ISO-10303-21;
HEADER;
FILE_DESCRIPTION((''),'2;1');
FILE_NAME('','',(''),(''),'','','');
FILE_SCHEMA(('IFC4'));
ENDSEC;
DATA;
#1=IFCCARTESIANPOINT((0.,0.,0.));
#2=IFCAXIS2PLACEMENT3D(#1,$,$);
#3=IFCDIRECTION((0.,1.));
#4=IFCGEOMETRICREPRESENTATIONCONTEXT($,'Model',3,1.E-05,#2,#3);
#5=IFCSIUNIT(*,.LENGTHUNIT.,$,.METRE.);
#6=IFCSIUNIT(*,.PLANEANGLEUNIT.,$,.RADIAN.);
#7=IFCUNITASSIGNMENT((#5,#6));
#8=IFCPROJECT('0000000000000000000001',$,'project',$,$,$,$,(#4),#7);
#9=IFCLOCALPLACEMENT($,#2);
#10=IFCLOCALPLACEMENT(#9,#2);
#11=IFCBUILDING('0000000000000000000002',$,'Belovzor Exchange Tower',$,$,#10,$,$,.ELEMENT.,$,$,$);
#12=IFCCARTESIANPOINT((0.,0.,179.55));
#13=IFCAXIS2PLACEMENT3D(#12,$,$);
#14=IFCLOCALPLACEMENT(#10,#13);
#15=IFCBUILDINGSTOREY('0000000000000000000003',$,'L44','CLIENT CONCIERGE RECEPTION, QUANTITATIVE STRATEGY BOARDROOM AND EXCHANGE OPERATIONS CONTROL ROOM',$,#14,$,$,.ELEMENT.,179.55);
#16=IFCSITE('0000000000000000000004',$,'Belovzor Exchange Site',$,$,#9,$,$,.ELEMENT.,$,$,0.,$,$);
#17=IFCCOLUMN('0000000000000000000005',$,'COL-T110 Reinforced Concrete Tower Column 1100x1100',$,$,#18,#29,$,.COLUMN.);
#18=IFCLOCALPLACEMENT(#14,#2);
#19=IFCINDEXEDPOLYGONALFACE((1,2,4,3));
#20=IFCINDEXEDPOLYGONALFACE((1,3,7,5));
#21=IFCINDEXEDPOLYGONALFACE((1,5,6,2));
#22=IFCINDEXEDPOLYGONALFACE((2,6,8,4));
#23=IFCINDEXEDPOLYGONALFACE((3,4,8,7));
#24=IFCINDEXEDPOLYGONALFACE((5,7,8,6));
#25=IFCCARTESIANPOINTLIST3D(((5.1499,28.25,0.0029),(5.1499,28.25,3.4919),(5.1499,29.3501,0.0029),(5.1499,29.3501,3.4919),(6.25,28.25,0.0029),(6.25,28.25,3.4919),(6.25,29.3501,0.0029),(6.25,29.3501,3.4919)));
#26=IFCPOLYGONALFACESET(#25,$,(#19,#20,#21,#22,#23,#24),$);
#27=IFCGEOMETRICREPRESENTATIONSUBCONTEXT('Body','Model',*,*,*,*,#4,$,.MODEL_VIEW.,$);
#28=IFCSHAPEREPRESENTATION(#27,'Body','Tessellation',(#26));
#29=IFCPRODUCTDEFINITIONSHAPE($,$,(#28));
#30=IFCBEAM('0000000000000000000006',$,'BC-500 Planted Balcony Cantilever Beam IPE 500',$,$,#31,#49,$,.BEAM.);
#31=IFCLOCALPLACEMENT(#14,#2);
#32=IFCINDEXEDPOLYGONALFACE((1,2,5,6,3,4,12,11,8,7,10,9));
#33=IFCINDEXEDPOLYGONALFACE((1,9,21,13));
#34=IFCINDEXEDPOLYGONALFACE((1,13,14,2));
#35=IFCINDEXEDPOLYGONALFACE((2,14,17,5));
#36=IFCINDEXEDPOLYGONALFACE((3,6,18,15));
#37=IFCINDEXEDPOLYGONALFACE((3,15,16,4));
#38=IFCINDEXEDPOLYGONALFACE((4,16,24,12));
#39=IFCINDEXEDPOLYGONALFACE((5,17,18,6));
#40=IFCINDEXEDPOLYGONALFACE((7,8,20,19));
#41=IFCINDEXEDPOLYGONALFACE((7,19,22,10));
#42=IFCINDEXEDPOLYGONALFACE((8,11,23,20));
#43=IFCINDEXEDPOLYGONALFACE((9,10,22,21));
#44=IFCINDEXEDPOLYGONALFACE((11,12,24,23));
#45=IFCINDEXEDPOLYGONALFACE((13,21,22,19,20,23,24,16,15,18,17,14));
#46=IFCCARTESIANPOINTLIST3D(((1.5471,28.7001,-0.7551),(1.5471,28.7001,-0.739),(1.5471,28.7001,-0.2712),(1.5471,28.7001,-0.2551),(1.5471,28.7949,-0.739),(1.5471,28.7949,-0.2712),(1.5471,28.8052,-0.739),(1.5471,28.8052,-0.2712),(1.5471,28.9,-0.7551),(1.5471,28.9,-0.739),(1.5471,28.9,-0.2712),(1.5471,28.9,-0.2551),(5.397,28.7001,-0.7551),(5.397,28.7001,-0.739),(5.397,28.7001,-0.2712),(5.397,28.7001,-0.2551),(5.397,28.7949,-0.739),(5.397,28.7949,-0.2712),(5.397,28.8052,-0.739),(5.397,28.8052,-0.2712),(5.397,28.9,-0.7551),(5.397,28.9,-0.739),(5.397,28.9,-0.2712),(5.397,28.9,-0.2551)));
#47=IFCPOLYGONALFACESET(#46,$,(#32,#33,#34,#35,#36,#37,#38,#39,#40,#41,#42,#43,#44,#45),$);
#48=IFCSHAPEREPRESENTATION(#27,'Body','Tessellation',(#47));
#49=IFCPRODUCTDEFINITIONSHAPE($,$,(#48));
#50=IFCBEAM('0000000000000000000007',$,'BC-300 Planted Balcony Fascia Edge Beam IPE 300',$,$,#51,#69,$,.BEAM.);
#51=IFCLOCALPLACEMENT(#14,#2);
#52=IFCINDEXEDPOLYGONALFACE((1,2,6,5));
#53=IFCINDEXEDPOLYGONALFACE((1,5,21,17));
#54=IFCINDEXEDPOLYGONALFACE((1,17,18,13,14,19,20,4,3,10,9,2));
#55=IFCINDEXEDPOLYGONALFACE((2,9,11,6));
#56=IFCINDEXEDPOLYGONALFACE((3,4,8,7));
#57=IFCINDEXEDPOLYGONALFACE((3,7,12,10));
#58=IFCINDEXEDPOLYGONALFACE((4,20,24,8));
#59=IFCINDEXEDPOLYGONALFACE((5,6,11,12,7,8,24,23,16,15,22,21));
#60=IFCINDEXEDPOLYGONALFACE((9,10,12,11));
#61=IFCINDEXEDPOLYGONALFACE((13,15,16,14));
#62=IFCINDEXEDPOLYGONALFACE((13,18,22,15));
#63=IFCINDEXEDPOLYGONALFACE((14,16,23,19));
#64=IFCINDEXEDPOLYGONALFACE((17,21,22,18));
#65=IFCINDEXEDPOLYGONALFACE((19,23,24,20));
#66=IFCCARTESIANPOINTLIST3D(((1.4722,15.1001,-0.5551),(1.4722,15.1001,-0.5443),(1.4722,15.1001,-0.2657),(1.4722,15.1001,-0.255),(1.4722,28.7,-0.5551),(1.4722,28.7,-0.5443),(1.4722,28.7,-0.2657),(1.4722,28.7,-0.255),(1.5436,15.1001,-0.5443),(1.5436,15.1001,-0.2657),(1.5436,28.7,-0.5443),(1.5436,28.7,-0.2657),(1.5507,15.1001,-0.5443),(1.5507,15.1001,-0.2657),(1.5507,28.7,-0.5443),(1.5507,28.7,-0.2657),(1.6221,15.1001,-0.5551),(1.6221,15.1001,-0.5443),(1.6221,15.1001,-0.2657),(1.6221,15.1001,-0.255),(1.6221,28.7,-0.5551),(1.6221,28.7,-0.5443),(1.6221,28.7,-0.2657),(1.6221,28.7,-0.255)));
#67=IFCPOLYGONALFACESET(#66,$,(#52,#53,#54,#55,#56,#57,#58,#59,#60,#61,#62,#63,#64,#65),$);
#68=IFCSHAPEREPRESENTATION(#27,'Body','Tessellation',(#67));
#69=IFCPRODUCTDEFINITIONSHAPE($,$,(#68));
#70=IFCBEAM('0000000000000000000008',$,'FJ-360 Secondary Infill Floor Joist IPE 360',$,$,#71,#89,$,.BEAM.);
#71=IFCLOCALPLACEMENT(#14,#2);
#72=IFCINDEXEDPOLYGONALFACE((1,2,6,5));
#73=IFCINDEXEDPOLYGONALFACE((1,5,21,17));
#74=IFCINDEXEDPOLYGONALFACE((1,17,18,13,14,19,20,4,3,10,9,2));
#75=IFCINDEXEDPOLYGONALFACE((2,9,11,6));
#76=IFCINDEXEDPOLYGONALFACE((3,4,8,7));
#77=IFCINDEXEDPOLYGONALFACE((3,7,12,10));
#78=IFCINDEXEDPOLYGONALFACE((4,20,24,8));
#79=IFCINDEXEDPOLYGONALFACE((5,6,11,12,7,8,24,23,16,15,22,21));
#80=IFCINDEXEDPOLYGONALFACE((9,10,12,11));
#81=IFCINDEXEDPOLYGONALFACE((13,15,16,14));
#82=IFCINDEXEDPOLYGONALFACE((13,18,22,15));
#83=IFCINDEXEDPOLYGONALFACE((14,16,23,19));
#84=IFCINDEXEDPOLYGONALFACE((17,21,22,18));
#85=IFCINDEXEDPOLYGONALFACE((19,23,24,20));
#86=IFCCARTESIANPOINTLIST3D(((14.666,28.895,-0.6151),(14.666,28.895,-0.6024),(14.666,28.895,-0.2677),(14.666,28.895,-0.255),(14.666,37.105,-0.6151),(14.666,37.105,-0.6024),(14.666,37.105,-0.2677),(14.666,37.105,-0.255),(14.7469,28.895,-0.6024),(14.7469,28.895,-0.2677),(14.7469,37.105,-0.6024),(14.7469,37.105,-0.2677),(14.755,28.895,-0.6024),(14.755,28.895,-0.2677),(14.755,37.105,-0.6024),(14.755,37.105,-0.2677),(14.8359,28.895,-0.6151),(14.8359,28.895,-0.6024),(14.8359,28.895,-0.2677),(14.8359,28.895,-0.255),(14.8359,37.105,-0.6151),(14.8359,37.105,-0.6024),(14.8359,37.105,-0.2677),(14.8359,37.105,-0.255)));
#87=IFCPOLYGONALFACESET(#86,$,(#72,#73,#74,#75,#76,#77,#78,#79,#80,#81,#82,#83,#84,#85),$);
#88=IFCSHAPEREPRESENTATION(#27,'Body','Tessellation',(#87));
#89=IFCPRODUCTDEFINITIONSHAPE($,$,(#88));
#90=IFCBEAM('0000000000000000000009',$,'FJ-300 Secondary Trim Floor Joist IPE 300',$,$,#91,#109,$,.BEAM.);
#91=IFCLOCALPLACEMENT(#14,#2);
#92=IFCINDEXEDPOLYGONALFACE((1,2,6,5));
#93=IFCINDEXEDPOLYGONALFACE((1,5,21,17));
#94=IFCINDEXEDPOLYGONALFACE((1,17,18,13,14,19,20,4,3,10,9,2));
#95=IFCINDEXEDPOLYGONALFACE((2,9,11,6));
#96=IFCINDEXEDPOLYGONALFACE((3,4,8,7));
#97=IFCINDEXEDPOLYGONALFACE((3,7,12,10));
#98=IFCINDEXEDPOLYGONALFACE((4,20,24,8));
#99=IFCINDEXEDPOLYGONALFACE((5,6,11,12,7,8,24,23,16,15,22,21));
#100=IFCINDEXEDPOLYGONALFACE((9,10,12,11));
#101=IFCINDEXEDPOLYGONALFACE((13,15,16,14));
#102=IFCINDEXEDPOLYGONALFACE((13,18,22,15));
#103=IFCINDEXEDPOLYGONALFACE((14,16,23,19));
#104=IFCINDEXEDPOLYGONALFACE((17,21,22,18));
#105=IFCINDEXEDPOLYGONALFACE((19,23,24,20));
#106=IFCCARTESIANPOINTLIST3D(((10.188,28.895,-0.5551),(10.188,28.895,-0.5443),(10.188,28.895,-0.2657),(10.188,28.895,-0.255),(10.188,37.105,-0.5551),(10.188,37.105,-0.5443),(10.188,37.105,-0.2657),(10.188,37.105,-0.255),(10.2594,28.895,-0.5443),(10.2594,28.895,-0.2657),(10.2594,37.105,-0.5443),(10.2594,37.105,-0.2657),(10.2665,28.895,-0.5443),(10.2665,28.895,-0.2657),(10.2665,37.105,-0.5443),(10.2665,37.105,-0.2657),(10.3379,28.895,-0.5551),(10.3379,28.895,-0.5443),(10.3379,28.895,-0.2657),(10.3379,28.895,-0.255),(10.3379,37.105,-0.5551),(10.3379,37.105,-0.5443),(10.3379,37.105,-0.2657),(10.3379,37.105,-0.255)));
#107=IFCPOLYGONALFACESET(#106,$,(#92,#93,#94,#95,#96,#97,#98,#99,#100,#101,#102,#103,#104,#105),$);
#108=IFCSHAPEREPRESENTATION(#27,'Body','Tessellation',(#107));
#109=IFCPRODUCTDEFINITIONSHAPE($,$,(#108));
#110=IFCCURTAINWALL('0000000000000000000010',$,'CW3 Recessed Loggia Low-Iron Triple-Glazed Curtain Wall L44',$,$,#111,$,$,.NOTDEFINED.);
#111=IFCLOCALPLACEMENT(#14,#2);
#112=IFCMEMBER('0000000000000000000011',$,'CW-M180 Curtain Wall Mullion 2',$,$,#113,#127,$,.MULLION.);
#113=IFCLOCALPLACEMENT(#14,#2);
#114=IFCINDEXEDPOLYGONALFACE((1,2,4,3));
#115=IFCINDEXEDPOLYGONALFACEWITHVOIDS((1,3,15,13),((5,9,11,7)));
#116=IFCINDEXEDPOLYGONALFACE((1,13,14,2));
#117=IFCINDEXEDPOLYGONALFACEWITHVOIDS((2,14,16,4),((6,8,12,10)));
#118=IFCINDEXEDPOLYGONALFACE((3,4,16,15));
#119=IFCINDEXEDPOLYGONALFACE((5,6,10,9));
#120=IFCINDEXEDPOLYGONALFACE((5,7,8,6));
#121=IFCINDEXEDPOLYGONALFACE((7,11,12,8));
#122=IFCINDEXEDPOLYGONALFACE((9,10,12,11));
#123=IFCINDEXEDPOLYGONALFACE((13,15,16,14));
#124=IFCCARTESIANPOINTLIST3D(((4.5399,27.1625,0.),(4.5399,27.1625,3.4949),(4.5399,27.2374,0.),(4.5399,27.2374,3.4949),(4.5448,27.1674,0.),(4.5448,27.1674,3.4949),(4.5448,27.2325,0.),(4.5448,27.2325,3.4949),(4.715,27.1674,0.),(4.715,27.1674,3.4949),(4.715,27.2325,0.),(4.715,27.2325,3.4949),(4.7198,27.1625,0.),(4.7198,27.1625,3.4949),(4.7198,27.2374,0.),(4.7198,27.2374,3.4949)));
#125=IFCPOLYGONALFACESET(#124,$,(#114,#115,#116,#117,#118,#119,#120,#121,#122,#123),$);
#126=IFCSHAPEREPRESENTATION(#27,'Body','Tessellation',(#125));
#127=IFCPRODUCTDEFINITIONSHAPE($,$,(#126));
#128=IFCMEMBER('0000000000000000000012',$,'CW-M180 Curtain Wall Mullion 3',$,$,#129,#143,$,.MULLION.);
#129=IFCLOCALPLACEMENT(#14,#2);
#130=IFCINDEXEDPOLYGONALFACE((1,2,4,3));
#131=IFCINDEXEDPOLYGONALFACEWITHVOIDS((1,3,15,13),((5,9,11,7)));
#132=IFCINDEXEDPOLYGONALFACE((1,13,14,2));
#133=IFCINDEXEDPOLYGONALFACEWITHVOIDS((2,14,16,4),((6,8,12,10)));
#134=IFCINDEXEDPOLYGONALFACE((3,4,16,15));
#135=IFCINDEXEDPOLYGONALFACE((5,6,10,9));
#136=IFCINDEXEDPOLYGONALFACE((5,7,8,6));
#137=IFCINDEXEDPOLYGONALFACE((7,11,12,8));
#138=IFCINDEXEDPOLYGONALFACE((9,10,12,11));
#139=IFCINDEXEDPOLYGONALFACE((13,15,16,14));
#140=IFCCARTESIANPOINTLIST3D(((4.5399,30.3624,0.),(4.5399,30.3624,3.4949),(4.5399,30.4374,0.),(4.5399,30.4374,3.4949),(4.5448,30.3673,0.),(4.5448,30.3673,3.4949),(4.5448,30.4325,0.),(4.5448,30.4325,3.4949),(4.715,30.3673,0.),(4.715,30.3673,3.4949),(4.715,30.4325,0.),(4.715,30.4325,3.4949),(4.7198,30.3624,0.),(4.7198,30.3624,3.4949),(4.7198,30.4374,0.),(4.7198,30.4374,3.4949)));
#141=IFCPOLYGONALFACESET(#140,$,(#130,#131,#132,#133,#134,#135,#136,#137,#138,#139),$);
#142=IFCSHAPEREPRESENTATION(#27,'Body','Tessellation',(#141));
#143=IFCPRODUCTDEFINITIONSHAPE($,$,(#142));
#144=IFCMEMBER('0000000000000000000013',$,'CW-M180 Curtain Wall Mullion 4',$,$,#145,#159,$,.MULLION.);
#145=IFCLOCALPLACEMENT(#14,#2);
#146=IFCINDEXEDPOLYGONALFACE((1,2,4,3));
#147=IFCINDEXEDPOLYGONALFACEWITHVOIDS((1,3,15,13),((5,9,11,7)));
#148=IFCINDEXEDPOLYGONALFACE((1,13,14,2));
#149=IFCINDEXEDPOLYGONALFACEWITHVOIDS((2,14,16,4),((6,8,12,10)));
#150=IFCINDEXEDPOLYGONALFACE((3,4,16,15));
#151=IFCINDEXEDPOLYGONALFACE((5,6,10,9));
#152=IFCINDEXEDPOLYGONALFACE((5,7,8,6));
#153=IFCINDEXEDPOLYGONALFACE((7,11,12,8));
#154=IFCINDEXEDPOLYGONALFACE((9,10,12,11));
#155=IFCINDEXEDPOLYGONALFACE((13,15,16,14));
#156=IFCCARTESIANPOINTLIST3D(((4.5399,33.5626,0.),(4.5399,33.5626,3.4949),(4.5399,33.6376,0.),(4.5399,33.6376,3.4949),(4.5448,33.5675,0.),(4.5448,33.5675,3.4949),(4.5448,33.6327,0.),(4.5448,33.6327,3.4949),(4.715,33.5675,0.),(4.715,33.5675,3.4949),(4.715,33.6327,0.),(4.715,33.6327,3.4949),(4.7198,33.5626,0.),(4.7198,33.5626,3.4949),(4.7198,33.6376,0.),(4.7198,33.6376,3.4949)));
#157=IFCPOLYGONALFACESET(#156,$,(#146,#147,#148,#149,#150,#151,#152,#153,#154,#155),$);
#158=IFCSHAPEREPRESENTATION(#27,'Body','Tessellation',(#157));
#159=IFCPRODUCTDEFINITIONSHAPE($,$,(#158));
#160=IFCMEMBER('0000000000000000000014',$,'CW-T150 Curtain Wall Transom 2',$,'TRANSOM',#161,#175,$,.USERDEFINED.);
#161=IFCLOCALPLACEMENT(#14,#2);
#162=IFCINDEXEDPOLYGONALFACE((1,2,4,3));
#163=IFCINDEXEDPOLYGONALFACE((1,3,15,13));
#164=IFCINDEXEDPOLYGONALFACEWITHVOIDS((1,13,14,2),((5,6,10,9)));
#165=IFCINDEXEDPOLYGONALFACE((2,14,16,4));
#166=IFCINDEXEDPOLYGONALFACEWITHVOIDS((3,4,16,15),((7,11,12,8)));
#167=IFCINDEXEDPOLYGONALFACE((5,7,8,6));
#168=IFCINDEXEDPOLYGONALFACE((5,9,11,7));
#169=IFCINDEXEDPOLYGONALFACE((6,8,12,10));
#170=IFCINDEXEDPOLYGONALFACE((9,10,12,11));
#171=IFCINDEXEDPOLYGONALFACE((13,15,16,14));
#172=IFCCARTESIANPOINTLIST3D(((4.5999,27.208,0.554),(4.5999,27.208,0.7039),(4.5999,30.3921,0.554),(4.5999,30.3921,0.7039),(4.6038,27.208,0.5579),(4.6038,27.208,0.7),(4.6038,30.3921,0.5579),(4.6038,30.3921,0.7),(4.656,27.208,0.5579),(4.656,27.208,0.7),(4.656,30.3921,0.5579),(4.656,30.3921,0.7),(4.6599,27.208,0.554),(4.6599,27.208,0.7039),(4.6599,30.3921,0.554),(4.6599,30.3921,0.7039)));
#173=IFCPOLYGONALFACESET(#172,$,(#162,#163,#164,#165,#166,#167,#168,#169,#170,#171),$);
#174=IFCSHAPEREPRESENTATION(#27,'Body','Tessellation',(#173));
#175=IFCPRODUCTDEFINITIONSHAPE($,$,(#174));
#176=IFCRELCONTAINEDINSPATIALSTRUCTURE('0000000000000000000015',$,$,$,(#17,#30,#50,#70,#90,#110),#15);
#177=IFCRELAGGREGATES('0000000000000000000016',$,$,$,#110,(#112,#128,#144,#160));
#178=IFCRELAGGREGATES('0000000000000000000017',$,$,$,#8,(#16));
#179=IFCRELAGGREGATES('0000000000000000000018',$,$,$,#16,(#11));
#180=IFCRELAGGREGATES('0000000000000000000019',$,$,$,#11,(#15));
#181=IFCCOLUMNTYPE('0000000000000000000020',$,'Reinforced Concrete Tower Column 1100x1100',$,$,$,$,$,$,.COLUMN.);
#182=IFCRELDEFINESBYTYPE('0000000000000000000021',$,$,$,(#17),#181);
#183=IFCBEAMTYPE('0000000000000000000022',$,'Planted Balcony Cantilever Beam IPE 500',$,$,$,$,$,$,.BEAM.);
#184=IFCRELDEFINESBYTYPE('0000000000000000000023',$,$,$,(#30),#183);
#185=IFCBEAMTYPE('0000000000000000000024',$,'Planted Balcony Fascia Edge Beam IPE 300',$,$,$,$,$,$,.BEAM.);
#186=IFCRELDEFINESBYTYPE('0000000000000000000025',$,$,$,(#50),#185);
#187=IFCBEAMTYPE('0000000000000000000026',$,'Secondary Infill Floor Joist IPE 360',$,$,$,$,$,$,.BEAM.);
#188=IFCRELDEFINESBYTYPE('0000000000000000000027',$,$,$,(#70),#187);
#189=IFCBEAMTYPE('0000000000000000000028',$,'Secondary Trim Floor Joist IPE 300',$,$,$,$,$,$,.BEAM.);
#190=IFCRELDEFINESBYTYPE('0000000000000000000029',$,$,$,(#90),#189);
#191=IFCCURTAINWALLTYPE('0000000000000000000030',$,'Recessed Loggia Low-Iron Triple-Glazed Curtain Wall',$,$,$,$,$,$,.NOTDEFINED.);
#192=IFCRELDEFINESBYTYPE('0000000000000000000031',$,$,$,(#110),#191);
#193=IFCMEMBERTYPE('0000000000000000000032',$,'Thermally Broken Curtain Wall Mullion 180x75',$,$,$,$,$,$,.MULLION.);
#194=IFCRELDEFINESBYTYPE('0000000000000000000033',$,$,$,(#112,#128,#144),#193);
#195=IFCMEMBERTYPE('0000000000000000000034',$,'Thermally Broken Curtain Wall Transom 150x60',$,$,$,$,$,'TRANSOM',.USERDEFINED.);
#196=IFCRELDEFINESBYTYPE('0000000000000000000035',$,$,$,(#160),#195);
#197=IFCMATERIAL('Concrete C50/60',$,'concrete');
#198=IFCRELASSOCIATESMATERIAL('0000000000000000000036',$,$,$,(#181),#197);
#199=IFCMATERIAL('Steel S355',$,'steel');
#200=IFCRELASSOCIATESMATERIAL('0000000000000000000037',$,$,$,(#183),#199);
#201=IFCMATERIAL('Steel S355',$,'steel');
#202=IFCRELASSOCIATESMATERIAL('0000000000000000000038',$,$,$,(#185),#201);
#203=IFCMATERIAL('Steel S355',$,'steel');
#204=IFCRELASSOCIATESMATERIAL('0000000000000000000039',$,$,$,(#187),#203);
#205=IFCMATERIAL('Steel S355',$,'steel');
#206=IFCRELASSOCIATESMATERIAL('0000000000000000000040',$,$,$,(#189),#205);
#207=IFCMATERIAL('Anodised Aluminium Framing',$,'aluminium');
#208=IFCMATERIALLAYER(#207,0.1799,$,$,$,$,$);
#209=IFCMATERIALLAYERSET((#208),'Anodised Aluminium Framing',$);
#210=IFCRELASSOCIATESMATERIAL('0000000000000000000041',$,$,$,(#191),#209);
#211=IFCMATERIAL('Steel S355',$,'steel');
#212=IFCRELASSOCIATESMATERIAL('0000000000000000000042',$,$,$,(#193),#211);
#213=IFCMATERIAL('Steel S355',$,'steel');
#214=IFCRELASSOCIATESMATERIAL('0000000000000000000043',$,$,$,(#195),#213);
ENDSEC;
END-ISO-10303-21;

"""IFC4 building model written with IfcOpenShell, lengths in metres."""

from ifc_helpers import new_model, si_unit, direction, frame, origin, origin_2d, place, context, subcontext, project, spatial, rectangle, hollow_rectangle, i_section, extrude, material, layer, layer_set, material_profile, profile_set, type_object, element, aggregate, save


model = new_model("IFC4")

# Units and contexts
model_context = context("Model", 3, precision=1e-05, world=origin(), true_north=direction((0.0, 1.0)))
body_context = subcontext(model_context, "Body", "Model", "MODEL_VIEW")
ifc_project = project(units=[si_unit("LENGTHUNIT", "METRE"), si_unit("PLANEANGLEUNIT", "RADIAN")], contexts=[model_context])

# Site, building, storey
site_placement = place(None, origin())
site = spatial("IfcSite", under=ifc_project, at=site_placement, Name="Belovzor Exchange Site", CompositionType="ELEMENT", RefElevation=0.0)
building_placement = place(site_placement, origin())
building = spatial("IfcBuilding", under=site, at=building_placement, Name="Belovzor Exchange Tower", CompositionType="ELEMENT")
storey_placement = place(building_placement, frame((0.0, 0.0, 179.55)))
storey = spatial("IfcBuildingStorey", under=building, at=storey_placement, Name="L44", Description="CLIENT CONCIERGE RECEPTION, QUANTITATIVE STRATEGY BOARDROOM AND EXCHANGE OPERATIONS CONTROL ROOM", CompositionType="ELEMENT", Elevation=179.55)

# Column
ifc_material_1 = material(Name="Concrete C50/60", Category="concrete")
ifc_material_profile_1 = material_profile(ifc_material_1, rectangle(XDim=1.1001, YDim=1.1001, at=origin_2d()))
ifc_profile_set_1 = profile_set([ifc_material_profile_1], Name="Concrete C50/60")
column_type = type_object("IfcColumnType", Name="Reinforced Concrete Tower Column 1100x1100", PredefinedType="COLUMN", material=ifc_profile_set_1)
column_placement = place(storey_placement, frame((5.7, 28.8, 0.0029), z_axis=(0.0, 0.0, 1.0), x_axis=(1.0, 0.0, 0.0)))
element("IfcColumn", 1, at=column_placement, inside=storey, type_object=column_type, Name="COL-T110 Reinforced Concrete Tower Column 1100x1100", PredefinedType="COLUMN", context=body_context, shape_type="SweptSolid", body=[
    extrude(rectangle(XDim=1.1001, YDim=1.1001, at=origin_2d()), origin(), (0.0, 0.0, 1.0), 3.489),
])

# Beams
ifc_material_2 = material(Name="Steel S355", Category="steel")
ifc_material_profile_2 = material_profile(ifc_material_2, i_section(OverallWidth=0.2, OverallDepth=0.5, WebThickness=0.0103, FlangeThickness=0.0161, at=origin_2d()))
ifc_profile_set_2 = profile_set([ifc_material_profile_2], Name="Steel S355")
beam_type_1 = type_object("IfcBeamType", Name="Planted Balcony Cantilever Beam IPE 500", PredefinedType="BEAM", material=ifc_profile_set_2)
beam_1_placement = place(storey_placement, frame((5.397, 28.8, -0.5051), z_axis=(-1.0, 0.0, 0.0), x_axis=(0.0, -1.0, 0.0)))
element("IfcBeam", 2, at=beam_1_placement, inside=storey, type_object=beam_type_1, Name="BC-500 Planted Balcony Cantilever Beam IPE 500", PredefinedType="BEAM", context=body_context, shape_type="SweptSolid", body=[
    extrude(i_section(OverallWidth=0.2, OverallDepth=0.5, WebThickness=0.0103, FlangeThickness=0.0161, at=origin_2d()), origin(), (0.0, 0.0, 1.0), 3.8499),
])
ifc_material_3 = material(Name="Steel S355", Category="steel")
ifc_material_profile_3 = material_profile(ifc_material_3, i_section(OverallWidth=0.1499, OverallDepth=0.3, WebThickness=0.0071, FlangeThickness=0.0107, at=origin_2d()))
ifc_profile_set_3 = profile_set([ifc_material_profile_3], Name="Steel S355")
beam_type_2 = type_object("IfcBeamType", Name="Planted Balcony Fascia Edge Beam IPE 300", PredefinedType="BEAM", material=ifc_profile_set_3)
beam_2_placement = place(storey_placement, frame((1.5471, 28.7, -0.405), z_axis=(0.0, -1.0, 0.0), x_axis=(1.0, 0.0, 0.0)))
element("IfcBeam", 3, at=beam_2_placement, inside=storey, type_object=beam_type_2, Name="BC-300 Planted Balcony Fascia Edge Beam IPE 300", PredefinedType="BEAM", context=body_context, shape_type="SweptSolid", body=[
    extrude(i_section(OverallWidth=0.1499, OverallDepth=0.3, WebThickness=0.0071, FlangeThickness=0.0107, at=origin_2d()), origin(), (0.0, 0.0, 1.0), 13.5999),
])
ifc_material_4 = material(Name="Steel S355", Category="steel")
ifc_material_profile_4 = material_profile(ifc_material_4, i_section(OverallWidth=0.1699, OverallDepth=0.3601, WebThickness=0.0081, FlangeThickness=0.0127, at=origin_2d()))
ifc_profile_set_4 = profile_set([ifc_material_profile_4], Name="Steel S355")
beam_type_3 = type_object("IfcBeamType", Name="Secondary Infill Floor Joist IPE 360", PredefinedType="BEAM", material=ifc_profile_set_4)
beam_3_placement = place(storey_placement, frame((14.751, 28.895, -0.4351), z_axis=(0.0, 1.0, 0.0), x_axis=(-1.0, 0.0, 0.0)))
element("IfcBeam", 4, at=beam_3_placement, inside=storey, type_object=beam_type_3, Name="FJ-360 Secondary Infill Floor Joist IPE 360", PredefinedType="BEAM", context=body_context, shape_type="SweptSolid", body=[
    extrude(i_section(OverallWidth=0.1699, OverallDepth=0.3601, WebThickness=0.0081, FlangeThickness=0.0127, at=origin_2d()), origin(), (0.0, 0.0, 1.0), 8.21),
])
ifc_material_5 = material(Name="Steel S355", Category="steel")
ifc_material_profile_5 = material_profile(ifc_material_5, i_section(OverallWidth=0.1499, OverallDepth=0.3, WebThickness=0.0071, FlangeThickness=0.0107, at=origin_2d()))
ifc_profile_set_5 = profile_set([ifc_material_profile_5], Name="Steel S355")
beam_type_4 = type_object("IfcBeamType", Name="Secondary Trim Floor Joist IPE 300", PredefinedType="BEAM", material=ifc_profile_set_5)
beam_4_placement = place(storey_placement, frame((10.2629, 28.895, -0.405), z_axis=(0.0, 1.0, 0.0), x_axis=(-1.0, 0.0, 0.0)))
element("IfcBeam", 5, at=beam_4_placement, inside=storey, type_object=beam_type_4, Name="FJ-300 Secondary Trim Floor Joist IPE 300", PredefinedType="BEAM", context=body_context, shape_type="SweptSolid", body=[
    extrude(i_section(OverallWidth=0.1499, OverallDepth=0.3, WebThickness=0.0071, FlangeThickness=0.0107, at=origin_2d()), origin(), (0.0, 0.0, 1.0), 8.21),
])

# Curtain wall, members
ifc_material_6 = material(Name="Anodised Aluminium Framing", Category="aluminium")
ifc_layer_1 = layer(ifc_material_6, 0.1799)
ifc_layer_set_1 = layer_set([ifc_layer_1], Name="Anodised Aluminium Framing")
curtain_wall_type = type_object("IfcCurtainWallType", Name="Recessed Loggia Low-Iron Triple-Glazed Curtain Wall", PredefinedType="NOTDEFINED", material=ifc_layer_set_1)
curtain_wall_placement = place(storey_placement, origin())
curtain_wall = element("IfcCurtainWall", 6, at=curtain_wall_placement, inside=storey, type_object=curtain_wall_type, Name="CW3 Recessed Loggia Low-Iron Triple-Glazed Curtain Wall L44", PredefinedType="NOTDEFINED")
ifc_material_7 = material(Name="Steel S355", Category="steel")
ifc_material_profile_6 = material_profile(ifc_material_7, hollow_rectangle(XDim=0.075, YDim=0.1799, WallThickness=0.0049, at=origin_2d()))
ifc_profile_set_6 = profile_set([ifc_material_profile_6], Name="Steel S355")
member_type_1 = type_object("IfcMemberType", Name="Thermally Broken Curtain Wall Mullion 180x75", PredefinedType="MULLION", material=ifc_profile_set_6)
member_1_placement = place(storey_placement, frame((4.6299, 27.2, 0.0), z_axis=(0.0, 0.0, 1.0), x_axis=(0.0, 1.0, 0.0)))
member_1 = element("IfcMember", 7, at=member_1_placement, type_object=member_type_1, Name="CW-M180 Curtain Wall Mullion 2", PredefinedType="MULLION", context=body_context, shape_type="SweptSolid", body=[
    extrude(hollow_rectangle(XDim=0.075, YDim=0.1799, WallThickness=0.0049, at=origin_2d()), origin(), (0.0, 0.0, 1.0), 3.4949),
])
member_2_placement = place(storey_placement, frame((4.6299, 30.3999, 0.0), z_axis=(0.0, 0.0, 1.0), x_axis=(0.0, 1.0, 0.0)))
member_2 = element("IfcMember", 8, at=member_2_placement, type_object=member_type_1, Name="CW-M180 Curtain Wall Mullion 3", PredefinedType="MULLION", context=body_context, shape_type="SweptSolid", body=[
    extrude(hollow_rectangle(XDim=0.075, YDim=0.1799, WallThickness=0.0049, at=origin_2d()), origin(), (0.0, 0.0, 1.0), 3.4949),
])
member_3_placement = place(storey_placement, frame((4.6299, 33.6001, 0.0), z_axis=(0.0, 0.0, 1.0), x_axis=(0.0, 1.0, 0.0)))
member_3 = element("IfcMember", 9, at=member_3_placement, type_object=member_type_1, Name="CW-M180 Curtain Wall Mullion 4", PredefinedType="MULLION", context=body_context, shape_type="SweptSolid", body=[
    extrude(hollow_rectangle(XDim=0.075, YDim=0.1799, WallThickness=0.0049, at=origin_2d()), origin(), (0.0, 0.0, 1.0), 3.4949),
])
ifc_material_8 = material(Name="Steel S355", Category="steel")
ifc_material_profile_7 = material_profile(ifc_material_8, hollow_rectangle(XDim=0.0601, YDim=0.1499, WallThickness=0.0039, at=origin_2d()))
ifc_profile_set_7 = profile_set([ifc_material_profile_7], Name="Steel S355")
member_type_2 = type_object("IfcMemberType", Name="Thermally Broken Curtain Wall Transom 150x60", ElementType="TRANSOM", PredefinedType="USERDEFINED", material=ifc_profile_set_7)
member_4_placement = place(storey_placement, frame((4.6299, 27.208, 0.6289), z_axis=(0.0, 1.0, 0.0), x_axis=(-1.0, 0.0, 0.0)))
member_4 = element("IfcMember", 10, at=member_4_placement, type_object=member_type_2, Name="CW-T150 Curtain Wall Transom 2", ObjectType="TRANSOM", PredefinedType="USERDEFINED", context=body_context, shape_type="SweptSolid", body=[
    extrude(hollow_rectangle(XDim=0.0601, YDim=0.1499, WallThickness=0.0039, at=origin_2d()), origin(), (0.0, 0.0, 1.0), 3.1841),
])

aggregate(curtain_wall, [member_1, member_2, member_3, member_4])

save(model, "model.ifc")
